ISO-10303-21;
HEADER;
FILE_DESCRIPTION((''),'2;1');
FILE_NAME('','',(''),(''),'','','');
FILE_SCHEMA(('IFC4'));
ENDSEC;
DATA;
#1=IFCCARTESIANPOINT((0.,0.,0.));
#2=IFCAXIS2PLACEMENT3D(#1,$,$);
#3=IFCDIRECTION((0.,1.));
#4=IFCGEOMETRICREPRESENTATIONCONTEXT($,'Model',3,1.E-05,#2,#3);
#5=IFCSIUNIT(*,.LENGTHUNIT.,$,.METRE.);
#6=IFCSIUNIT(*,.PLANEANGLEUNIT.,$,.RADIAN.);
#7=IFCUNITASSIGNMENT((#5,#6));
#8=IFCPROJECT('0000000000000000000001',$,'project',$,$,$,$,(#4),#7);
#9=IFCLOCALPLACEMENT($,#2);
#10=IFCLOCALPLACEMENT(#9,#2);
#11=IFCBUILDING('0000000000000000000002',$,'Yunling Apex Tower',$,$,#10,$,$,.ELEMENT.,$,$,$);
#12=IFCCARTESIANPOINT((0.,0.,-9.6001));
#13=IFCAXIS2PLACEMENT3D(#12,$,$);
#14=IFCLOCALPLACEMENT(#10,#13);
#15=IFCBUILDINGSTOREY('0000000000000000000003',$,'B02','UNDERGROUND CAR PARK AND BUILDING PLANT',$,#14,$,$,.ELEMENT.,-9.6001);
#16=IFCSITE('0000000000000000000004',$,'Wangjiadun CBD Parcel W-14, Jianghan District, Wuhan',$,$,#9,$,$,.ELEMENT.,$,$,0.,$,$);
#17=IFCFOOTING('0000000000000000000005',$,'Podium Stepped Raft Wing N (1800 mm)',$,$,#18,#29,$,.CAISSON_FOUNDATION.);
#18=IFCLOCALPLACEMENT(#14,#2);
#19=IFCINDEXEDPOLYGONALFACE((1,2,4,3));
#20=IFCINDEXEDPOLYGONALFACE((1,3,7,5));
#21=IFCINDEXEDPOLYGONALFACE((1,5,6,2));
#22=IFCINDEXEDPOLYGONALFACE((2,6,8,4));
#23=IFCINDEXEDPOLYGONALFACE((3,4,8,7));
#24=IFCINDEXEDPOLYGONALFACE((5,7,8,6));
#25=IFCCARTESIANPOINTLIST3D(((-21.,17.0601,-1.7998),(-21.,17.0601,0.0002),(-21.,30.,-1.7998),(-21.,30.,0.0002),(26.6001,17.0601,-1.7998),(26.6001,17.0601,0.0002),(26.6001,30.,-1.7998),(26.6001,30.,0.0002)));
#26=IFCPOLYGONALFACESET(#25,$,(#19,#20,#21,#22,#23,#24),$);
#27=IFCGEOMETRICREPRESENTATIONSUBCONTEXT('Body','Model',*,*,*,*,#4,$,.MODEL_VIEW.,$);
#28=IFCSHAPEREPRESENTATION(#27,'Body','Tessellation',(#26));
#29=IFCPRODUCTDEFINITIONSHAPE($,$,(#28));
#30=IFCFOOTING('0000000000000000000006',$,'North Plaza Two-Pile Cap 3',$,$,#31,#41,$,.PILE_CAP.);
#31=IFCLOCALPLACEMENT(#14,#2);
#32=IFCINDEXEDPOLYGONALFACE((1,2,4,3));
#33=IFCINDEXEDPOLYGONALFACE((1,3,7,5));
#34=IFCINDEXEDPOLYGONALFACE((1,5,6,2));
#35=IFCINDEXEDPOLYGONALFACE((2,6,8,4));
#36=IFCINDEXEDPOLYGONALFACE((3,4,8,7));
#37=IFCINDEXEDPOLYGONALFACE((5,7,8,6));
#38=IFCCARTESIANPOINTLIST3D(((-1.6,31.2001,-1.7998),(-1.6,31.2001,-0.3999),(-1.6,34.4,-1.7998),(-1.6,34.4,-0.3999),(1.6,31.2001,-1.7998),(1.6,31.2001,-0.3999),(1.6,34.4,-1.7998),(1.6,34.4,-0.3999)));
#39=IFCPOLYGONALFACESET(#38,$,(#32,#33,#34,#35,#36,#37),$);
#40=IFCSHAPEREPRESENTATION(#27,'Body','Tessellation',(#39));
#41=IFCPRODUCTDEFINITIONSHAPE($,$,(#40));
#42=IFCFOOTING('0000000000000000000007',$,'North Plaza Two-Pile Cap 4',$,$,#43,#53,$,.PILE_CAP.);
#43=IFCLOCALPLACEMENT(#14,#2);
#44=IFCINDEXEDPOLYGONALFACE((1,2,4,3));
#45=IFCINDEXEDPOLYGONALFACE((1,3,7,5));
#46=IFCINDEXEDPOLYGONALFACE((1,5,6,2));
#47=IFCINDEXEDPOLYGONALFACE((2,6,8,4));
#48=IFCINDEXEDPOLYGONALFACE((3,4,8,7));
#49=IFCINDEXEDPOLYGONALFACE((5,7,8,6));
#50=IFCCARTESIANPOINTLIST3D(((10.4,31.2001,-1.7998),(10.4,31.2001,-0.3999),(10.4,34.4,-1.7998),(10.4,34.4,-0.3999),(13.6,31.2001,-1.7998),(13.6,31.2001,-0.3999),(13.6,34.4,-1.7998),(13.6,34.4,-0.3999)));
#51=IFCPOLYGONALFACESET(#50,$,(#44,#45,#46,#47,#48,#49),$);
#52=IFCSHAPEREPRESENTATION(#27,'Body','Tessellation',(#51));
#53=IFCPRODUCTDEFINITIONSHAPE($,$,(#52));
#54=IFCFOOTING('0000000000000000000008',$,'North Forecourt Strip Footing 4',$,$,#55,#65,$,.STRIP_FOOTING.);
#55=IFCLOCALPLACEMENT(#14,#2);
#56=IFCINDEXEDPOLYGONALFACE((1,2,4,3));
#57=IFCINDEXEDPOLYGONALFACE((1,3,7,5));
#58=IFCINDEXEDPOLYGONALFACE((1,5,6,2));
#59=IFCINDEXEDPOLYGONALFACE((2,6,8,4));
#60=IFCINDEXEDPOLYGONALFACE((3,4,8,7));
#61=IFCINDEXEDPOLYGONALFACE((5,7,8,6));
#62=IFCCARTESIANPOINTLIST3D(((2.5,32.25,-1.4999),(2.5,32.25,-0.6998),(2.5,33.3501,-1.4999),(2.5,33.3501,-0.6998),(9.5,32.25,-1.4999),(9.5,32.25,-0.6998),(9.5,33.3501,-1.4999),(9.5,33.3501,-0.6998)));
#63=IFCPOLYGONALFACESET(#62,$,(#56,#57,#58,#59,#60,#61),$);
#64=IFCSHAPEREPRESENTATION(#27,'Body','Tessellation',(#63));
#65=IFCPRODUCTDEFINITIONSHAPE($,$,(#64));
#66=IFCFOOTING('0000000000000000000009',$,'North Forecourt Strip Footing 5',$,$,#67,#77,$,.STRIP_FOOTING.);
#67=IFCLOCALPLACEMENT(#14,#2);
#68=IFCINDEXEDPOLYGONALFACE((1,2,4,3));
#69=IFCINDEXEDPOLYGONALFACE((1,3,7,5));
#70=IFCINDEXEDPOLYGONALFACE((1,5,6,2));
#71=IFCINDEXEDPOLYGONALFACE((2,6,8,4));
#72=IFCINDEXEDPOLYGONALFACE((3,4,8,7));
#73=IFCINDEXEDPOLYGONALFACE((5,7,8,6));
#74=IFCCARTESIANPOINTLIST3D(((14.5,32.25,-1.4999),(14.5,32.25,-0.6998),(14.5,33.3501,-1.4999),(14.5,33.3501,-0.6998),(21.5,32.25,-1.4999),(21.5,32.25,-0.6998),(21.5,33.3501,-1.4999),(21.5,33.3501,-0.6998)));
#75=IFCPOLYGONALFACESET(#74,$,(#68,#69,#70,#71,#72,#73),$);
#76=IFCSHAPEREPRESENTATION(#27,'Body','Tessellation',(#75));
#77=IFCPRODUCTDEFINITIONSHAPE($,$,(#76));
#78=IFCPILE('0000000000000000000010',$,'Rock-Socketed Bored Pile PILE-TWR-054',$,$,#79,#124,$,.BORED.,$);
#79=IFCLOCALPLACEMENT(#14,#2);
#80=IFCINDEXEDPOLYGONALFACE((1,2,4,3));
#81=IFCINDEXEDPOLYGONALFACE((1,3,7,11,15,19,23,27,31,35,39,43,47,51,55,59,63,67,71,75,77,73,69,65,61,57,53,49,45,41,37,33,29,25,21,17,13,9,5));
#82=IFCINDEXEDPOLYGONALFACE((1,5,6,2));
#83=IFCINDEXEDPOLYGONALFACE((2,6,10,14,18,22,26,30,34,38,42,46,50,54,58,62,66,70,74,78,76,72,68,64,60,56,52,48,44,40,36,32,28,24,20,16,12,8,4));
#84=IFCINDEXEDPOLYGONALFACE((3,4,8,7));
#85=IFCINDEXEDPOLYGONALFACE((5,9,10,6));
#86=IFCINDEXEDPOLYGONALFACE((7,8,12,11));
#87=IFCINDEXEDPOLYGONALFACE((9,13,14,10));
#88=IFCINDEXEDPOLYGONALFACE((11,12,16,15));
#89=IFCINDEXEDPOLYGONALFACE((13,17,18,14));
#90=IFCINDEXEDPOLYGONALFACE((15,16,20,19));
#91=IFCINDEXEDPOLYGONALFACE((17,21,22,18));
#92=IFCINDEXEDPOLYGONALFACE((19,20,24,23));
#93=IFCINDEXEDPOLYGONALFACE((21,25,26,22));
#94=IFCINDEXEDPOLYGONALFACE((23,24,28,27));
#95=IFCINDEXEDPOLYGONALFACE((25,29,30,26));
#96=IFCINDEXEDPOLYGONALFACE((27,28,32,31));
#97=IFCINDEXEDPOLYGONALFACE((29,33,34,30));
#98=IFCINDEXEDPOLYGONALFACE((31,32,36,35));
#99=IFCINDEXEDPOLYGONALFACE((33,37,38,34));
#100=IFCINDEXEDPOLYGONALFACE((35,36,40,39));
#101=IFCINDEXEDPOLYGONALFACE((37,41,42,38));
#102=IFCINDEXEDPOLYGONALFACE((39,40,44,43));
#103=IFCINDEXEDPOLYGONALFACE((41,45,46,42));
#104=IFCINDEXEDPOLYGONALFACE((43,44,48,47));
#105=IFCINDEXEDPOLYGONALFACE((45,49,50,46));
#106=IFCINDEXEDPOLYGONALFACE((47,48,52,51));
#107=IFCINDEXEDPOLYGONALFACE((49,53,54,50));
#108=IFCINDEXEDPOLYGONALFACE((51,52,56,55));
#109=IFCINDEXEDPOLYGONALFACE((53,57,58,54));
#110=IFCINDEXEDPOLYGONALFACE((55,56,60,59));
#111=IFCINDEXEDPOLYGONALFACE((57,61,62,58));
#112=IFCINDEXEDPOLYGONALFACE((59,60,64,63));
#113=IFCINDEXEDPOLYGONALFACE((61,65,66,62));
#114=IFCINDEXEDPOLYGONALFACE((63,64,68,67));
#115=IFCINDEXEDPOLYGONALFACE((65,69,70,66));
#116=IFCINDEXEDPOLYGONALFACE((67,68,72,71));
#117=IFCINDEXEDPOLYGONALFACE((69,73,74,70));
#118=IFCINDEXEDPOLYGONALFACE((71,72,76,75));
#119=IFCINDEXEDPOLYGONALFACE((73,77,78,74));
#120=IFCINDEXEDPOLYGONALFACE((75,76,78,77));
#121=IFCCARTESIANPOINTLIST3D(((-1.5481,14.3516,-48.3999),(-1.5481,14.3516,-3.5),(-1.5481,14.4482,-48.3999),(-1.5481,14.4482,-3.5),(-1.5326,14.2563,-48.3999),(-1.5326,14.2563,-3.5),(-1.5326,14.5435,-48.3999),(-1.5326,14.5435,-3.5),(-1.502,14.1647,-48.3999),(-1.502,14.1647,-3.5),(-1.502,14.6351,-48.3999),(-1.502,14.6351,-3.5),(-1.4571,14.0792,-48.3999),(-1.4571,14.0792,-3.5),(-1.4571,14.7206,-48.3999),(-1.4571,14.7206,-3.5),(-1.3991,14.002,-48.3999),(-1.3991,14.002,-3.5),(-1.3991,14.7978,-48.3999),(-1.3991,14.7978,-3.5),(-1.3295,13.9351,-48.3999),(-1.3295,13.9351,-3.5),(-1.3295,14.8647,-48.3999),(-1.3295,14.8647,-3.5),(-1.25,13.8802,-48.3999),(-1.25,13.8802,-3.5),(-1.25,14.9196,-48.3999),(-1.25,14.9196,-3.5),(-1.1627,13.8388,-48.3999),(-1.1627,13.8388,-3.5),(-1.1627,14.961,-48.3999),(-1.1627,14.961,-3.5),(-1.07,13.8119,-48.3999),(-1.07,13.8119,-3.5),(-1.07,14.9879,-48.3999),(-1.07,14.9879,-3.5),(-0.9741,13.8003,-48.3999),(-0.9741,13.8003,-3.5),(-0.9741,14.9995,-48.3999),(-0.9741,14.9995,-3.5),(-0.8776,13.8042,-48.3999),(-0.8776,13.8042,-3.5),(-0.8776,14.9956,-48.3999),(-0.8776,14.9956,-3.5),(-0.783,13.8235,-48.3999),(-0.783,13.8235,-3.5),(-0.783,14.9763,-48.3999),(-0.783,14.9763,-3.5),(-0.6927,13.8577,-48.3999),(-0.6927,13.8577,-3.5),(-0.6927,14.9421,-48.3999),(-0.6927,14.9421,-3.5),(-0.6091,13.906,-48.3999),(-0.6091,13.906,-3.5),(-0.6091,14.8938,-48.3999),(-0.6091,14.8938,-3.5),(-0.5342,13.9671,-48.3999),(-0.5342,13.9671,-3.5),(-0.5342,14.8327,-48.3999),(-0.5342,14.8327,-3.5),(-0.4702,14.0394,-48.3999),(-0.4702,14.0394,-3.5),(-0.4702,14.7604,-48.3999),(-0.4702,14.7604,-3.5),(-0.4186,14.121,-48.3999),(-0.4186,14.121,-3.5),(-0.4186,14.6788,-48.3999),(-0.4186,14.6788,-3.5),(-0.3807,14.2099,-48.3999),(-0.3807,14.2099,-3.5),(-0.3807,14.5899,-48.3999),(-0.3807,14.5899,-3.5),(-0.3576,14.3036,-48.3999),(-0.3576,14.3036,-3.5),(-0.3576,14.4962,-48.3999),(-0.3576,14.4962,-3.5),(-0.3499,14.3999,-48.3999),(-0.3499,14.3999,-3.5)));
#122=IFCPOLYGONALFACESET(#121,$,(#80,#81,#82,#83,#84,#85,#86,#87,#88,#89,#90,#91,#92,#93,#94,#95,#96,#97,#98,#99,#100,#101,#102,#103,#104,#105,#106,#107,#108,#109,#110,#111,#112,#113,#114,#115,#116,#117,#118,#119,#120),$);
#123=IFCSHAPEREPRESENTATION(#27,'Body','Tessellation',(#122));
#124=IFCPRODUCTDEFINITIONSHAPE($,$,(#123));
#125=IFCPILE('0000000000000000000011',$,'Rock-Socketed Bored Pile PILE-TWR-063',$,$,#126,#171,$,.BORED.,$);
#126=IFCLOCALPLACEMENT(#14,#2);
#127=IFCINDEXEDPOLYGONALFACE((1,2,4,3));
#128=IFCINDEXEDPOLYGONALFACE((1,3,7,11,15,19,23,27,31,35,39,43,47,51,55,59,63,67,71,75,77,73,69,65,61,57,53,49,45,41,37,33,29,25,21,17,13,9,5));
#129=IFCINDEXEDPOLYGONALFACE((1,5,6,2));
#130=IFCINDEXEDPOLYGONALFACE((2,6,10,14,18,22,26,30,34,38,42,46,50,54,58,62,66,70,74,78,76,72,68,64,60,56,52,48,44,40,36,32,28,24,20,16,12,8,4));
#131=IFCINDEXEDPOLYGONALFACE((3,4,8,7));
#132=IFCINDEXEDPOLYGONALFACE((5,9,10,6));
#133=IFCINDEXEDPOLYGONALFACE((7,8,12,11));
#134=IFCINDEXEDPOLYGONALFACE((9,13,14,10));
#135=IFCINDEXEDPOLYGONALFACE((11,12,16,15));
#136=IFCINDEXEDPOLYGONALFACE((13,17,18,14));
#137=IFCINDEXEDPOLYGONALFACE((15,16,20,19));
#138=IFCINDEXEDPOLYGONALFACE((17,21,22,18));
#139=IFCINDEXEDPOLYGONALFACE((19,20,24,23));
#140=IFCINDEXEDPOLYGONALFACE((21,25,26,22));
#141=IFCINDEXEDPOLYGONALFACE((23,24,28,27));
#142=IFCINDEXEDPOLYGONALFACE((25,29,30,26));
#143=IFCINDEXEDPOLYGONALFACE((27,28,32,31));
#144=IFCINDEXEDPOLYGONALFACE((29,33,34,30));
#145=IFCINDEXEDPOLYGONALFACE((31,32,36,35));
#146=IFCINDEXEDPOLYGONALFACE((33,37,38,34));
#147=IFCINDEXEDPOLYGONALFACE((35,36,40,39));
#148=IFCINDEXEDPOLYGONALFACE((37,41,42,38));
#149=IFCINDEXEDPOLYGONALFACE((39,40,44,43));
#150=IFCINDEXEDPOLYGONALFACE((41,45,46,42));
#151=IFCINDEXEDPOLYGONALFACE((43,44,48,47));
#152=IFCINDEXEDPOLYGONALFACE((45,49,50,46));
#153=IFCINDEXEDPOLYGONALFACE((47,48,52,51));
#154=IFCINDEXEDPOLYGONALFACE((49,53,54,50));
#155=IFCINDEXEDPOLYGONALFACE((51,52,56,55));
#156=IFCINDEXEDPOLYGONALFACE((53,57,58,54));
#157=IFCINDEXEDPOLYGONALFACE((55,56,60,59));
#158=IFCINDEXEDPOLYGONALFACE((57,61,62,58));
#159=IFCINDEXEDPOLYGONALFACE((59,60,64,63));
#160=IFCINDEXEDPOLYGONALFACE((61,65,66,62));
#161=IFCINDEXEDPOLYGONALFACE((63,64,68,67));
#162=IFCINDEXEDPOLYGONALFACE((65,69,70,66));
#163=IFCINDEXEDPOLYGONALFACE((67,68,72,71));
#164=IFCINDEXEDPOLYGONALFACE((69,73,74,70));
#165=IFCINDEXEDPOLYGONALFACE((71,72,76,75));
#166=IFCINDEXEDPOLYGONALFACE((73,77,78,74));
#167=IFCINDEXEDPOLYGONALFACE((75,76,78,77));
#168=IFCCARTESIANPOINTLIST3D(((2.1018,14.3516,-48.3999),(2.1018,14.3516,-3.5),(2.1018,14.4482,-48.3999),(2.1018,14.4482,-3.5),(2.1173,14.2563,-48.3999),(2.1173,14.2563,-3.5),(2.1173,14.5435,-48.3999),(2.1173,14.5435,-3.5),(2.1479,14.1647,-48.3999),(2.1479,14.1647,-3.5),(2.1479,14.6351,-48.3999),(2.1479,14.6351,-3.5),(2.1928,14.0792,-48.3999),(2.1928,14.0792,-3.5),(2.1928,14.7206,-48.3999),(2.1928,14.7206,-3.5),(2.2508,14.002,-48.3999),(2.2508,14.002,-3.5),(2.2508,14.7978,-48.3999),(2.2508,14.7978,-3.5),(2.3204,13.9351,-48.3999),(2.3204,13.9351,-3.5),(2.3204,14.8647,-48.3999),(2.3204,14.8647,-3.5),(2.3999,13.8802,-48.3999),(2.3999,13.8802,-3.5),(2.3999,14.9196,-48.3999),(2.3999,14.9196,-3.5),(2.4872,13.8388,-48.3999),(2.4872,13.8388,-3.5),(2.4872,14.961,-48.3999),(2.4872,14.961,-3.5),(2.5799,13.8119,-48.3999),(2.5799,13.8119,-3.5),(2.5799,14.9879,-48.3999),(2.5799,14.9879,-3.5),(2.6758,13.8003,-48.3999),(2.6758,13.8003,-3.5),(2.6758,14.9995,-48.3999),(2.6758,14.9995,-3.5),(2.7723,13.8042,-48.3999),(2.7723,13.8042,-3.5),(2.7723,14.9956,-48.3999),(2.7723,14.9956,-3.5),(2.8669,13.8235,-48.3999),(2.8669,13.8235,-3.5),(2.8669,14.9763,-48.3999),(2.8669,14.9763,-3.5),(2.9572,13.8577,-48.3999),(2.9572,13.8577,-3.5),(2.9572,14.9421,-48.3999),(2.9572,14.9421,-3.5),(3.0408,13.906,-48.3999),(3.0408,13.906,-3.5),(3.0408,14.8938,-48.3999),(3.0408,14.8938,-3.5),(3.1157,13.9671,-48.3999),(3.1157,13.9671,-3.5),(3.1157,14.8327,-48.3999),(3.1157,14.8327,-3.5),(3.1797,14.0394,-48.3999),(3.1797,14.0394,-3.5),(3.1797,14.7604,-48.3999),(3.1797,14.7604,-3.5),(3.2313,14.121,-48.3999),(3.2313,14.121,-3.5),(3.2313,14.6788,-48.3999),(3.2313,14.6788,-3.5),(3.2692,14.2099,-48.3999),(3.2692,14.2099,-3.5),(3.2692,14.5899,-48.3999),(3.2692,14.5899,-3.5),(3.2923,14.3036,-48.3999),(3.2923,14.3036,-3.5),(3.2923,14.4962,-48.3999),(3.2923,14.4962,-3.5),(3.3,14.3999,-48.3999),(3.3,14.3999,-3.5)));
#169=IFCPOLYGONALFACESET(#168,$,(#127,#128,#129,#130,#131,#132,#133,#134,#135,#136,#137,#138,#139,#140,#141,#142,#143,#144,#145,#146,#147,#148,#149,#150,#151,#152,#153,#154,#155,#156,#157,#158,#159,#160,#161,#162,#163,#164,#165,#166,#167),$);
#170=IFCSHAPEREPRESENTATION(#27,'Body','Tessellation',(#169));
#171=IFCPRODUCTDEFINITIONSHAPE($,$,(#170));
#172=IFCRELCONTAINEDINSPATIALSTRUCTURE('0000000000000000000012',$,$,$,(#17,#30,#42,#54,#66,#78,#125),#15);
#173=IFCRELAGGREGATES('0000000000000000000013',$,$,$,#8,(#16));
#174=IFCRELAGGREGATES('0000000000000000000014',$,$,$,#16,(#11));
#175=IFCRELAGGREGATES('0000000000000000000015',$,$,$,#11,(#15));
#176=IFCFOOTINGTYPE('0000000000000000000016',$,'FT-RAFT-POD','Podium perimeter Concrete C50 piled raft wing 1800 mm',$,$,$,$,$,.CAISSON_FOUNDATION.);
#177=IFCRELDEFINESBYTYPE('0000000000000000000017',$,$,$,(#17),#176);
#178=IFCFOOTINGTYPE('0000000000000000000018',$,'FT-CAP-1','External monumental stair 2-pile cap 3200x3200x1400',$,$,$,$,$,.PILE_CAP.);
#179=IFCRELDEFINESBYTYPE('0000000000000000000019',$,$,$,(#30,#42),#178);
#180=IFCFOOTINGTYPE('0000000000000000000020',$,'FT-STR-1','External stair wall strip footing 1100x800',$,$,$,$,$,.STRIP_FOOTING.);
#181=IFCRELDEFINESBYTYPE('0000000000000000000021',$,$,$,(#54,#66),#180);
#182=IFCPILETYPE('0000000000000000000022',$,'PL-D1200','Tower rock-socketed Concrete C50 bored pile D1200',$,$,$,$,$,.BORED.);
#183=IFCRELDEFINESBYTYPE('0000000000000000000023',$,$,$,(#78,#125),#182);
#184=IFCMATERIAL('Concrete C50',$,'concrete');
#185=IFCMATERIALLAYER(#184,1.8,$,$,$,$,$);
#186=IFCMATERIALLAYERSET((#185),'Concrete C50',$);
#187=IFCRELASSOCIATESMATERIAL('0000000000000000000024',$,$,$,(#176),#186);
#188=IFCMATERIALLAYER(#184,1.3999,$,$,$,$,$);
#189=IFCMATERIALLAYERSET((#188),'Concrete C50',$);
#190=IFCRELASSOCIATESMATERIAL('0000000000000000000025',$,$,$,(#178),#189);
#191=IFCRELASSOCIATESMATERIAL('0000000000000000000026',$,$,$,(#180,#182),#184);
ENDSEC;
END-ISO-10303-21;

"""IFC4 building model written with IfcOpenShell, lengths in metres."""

from ifc_helpers import new_model, si_unit, direction, frame, origin, origin_2d, place, context, subcontext, project, spatial, rectangle, circle, extrude, source, transform, mapped, material, layer, layer_set, material_profile, profile_set, type_object, element, save


model = new_model("IFC4")

# Units and contexts
model_context = context("Model", 3, precision=1e-05, world=origin(), true_north=direction((0.0, 1.0)))
body_context = subcontext(model_context, "Body", "Model", "MODEL_VIEW")
ifc_project = project(units=[si_unit("LENGTHUNIT", "METRE"), si_unit("PLANEANGLEUNIT", "RADIAN")], contexts=[model_context])

# Site, building, storey
site_placement = place(None, origin())
site = spatial("IfcSite", under=ifc_project, at=site_placement, Name="Wangjiadun CBD Parcel W-14, Jianghan District, Wuhan", CompositionType="ELEMENT", RefElevation=0.0)
building_placement = place(site_placement, origin())
building = spatial("IfcBuilding", under=site, at=building_placement, Name="Yunling Apex Tower", CompositionType="ELEMENT")
storey_placement = place(building_placement, frame((0.0, 0.0, -9.6001)))
storey = spatial("IfcBuildingStorey", under=building, at=storey_placement, Name="B02", Description="UNDERGROUND CAR PARK AND BUILDING PLANT", CompositionType="ELEMENT", Elevation=-9.6001)

# Footings
ifc_material_1 = material(Name="Concrete C50", Category="concrete")
ifc_layer_1 = layer(ifc_material_1, 1.8)
ifc_layer_set_1 = layer_set([ifc_layer_1], Name="Concrete C50")
footing_type_1 = type_object("IfcFootingType", Name="FT-RAFT-POD", Description="Podium perimeter Concrete C50 piled raft wing 1800 mm", PredefinedType="CAISSON_FOUNDATION", material=ifc_layer_set_1)
shared_shape_1 = source(origin(), body_context, "Body", "SweptSolid", [
    extrude(rectangle(XDim=47.6001, YDim=12.9399, at=origin_2d()), origin(), (0.0, 0.0, 1.0), 1.8),
])
footing_placement = place(storey_placement, frame((2.8, 23.53, -1.7998), z_axis=(0.0, 0.0, 1.0), x_axis=(1.0, 0.0, 0.0)))
element("IfcFooting", 1, at=footing_placement, inside=storey, type_object=footing_type_1, Name="Podium Stepped Raft Wing N (1800 mm)", PredefinedType="CAISSON_FOUNDATION", context=body_context, shape_type="MappedRepresentation", body=[
    mapped(shared_shape_1, transform((0.0, 0.0, 0.0), scale=1.0)),
])
ifc_layer_2 = layer(ifc_material_1, 1.3999)
ifc_layer_set_2 = layer_set([ifc_layer_2], Name="Concrete C50")
footing_type_2 = type_object("IfcFootingType", Name="FT-CAP-1", Description="External monumental stair 2-pile cap 3200x3200x1400", PredefinedType="PILE_CAP", material=ifc_layer_set_2)
shared_shape_2 = source(origin(), body_context, "Body", "SweptSolid", [
    extrude(rectangle(XDim=3.2, YDim=3.2, at=origin_2d()), origin(), (0.0, 0.0, 1.0), 1.3999),
])
for number, where, z_axis, x_axis, name in (
    (2, (0.0, 32.8, -1.7998), (0.0, 0.0, 1.0), (1.0, 0.0, 0.0), "North Plaza Two-Pile Cap 3"),
    (3, (12.0, 32.8, -1.7998), (0.0, 0.0, 1.0), (1.0, 0.0, 0.0), "North Plaza Two-Pile Cap 4"),
):
    element("IfcFooting", number, at=place(storey_placement, frame(where, z_axis=z_axis, x_axis=x_axis)), inside=storey, type_object=footing_type_2, Name=name, PredefinedType="PILE_CAP", context=body_context, shape_type="MappedRepresentation", body=[
        mapped(shared_shape_2, transform((0.0, 0.0, 0.0), scale=1.0)),
    ])
ifc_material_profile_1 = material_profile(ifc_material_1, rectangle(XDim=1.1001, YDim=0.8, at=origin_2d()))
ifc_profile_set_1 = profile_set([ifc_material_profile_1], Name="Concrete C50")
footing_type_3 = type_object("IfcFootingType", Name="FT-STR-1", Description="External stair wall strip footing 1100x800", PredefinedType="STRIP_FOOTING", material=ifc_profile_set_1)
shared_shape_3 = source(origin(), body_context, "Body", "SweptSolid", [
    extrude(rectangle(XDim=1.1001, YDim=0.8, at=origin_2d()), origin(), (0.0, 0.0, 1.0), 7.0),
])
for number, where, z_axis, x_axis, name in (
    (4, (2.5, 32.8, -1.0999), (1.0, 0.0, 0.0), (0.0, 1.0, 0.0), "North Forecourt Strip Footing 4"),
    (5, (14.5, 32.8, -1.0999), (1.0, 0.0, 0.0), (0.0, 1.0, 0.0), "North Forecourt Strip Footing 5"),
):
    element("IfcFooting", number, at=place(storey_placement, frame(where, z_axis=z_axis, x_axis=x_axis)), inside=storey, type_object=footing_type_3, Name=name, PredefinedType="STRIP_FOOTING", context=body_context, shape_type="MappedRepresentation", body=[
        mapped(shared_shape_3, transform((0.0, 0.0, 0.0), scale=1.0)),
    ])

# Piles
ifc_material_profile_2 = material_profile(ifc_material_1, circle(Radius=0.6001, at=origin_2d()))
ifc_profile_set_2 = profile_set([ifc_material_profile_2], Name="Concrete C50")
pile_type_1 = type_object("IfcPileType", Name="PL-D1200", Description="Tower rock-socketed Concrete C50 bored pile D1200", PredefinedType="BORED", material=ifc_profile_set_2)
shared_shape_4 = source(origin(), body_context, "Body", "SweptSolid", [
    extrude(circle(Radius=0.6001, at=origin_2d()), origin(), (0.0, 0.0, 1.0), 44.8999),
])
for number, where, z_axis, x_axis, name in (
    (6, (-0.95, 14.3999, -3.5), (0.0, 0.0, -1.0), (1.0, 0.0, 0.0), "Rock-Socketed Bored Pile PILE-TWR-054"),
    (7, (2.7, 14.3999, -3.5), (0.0, 0.0, -1.0), (1.0, 0.0, 0.0), "Rock-Socketed Bored Pile PILE-TWR-063"),
):
    element("IfcPile", number, at=place(storey_placement, frame(where, z_axis=z_axis, x_axis=x_axis)), inside=storey, type_object=pile_type_1, Name=name, PredefinedType="BORED", context=body_context, shape_type="MappedRepresentation", body=[
        mapped(shared_shape_4, transform((0.0, 0.0, 0.0), scale=1.0)),
    ])

save(model, "model.ifc")
